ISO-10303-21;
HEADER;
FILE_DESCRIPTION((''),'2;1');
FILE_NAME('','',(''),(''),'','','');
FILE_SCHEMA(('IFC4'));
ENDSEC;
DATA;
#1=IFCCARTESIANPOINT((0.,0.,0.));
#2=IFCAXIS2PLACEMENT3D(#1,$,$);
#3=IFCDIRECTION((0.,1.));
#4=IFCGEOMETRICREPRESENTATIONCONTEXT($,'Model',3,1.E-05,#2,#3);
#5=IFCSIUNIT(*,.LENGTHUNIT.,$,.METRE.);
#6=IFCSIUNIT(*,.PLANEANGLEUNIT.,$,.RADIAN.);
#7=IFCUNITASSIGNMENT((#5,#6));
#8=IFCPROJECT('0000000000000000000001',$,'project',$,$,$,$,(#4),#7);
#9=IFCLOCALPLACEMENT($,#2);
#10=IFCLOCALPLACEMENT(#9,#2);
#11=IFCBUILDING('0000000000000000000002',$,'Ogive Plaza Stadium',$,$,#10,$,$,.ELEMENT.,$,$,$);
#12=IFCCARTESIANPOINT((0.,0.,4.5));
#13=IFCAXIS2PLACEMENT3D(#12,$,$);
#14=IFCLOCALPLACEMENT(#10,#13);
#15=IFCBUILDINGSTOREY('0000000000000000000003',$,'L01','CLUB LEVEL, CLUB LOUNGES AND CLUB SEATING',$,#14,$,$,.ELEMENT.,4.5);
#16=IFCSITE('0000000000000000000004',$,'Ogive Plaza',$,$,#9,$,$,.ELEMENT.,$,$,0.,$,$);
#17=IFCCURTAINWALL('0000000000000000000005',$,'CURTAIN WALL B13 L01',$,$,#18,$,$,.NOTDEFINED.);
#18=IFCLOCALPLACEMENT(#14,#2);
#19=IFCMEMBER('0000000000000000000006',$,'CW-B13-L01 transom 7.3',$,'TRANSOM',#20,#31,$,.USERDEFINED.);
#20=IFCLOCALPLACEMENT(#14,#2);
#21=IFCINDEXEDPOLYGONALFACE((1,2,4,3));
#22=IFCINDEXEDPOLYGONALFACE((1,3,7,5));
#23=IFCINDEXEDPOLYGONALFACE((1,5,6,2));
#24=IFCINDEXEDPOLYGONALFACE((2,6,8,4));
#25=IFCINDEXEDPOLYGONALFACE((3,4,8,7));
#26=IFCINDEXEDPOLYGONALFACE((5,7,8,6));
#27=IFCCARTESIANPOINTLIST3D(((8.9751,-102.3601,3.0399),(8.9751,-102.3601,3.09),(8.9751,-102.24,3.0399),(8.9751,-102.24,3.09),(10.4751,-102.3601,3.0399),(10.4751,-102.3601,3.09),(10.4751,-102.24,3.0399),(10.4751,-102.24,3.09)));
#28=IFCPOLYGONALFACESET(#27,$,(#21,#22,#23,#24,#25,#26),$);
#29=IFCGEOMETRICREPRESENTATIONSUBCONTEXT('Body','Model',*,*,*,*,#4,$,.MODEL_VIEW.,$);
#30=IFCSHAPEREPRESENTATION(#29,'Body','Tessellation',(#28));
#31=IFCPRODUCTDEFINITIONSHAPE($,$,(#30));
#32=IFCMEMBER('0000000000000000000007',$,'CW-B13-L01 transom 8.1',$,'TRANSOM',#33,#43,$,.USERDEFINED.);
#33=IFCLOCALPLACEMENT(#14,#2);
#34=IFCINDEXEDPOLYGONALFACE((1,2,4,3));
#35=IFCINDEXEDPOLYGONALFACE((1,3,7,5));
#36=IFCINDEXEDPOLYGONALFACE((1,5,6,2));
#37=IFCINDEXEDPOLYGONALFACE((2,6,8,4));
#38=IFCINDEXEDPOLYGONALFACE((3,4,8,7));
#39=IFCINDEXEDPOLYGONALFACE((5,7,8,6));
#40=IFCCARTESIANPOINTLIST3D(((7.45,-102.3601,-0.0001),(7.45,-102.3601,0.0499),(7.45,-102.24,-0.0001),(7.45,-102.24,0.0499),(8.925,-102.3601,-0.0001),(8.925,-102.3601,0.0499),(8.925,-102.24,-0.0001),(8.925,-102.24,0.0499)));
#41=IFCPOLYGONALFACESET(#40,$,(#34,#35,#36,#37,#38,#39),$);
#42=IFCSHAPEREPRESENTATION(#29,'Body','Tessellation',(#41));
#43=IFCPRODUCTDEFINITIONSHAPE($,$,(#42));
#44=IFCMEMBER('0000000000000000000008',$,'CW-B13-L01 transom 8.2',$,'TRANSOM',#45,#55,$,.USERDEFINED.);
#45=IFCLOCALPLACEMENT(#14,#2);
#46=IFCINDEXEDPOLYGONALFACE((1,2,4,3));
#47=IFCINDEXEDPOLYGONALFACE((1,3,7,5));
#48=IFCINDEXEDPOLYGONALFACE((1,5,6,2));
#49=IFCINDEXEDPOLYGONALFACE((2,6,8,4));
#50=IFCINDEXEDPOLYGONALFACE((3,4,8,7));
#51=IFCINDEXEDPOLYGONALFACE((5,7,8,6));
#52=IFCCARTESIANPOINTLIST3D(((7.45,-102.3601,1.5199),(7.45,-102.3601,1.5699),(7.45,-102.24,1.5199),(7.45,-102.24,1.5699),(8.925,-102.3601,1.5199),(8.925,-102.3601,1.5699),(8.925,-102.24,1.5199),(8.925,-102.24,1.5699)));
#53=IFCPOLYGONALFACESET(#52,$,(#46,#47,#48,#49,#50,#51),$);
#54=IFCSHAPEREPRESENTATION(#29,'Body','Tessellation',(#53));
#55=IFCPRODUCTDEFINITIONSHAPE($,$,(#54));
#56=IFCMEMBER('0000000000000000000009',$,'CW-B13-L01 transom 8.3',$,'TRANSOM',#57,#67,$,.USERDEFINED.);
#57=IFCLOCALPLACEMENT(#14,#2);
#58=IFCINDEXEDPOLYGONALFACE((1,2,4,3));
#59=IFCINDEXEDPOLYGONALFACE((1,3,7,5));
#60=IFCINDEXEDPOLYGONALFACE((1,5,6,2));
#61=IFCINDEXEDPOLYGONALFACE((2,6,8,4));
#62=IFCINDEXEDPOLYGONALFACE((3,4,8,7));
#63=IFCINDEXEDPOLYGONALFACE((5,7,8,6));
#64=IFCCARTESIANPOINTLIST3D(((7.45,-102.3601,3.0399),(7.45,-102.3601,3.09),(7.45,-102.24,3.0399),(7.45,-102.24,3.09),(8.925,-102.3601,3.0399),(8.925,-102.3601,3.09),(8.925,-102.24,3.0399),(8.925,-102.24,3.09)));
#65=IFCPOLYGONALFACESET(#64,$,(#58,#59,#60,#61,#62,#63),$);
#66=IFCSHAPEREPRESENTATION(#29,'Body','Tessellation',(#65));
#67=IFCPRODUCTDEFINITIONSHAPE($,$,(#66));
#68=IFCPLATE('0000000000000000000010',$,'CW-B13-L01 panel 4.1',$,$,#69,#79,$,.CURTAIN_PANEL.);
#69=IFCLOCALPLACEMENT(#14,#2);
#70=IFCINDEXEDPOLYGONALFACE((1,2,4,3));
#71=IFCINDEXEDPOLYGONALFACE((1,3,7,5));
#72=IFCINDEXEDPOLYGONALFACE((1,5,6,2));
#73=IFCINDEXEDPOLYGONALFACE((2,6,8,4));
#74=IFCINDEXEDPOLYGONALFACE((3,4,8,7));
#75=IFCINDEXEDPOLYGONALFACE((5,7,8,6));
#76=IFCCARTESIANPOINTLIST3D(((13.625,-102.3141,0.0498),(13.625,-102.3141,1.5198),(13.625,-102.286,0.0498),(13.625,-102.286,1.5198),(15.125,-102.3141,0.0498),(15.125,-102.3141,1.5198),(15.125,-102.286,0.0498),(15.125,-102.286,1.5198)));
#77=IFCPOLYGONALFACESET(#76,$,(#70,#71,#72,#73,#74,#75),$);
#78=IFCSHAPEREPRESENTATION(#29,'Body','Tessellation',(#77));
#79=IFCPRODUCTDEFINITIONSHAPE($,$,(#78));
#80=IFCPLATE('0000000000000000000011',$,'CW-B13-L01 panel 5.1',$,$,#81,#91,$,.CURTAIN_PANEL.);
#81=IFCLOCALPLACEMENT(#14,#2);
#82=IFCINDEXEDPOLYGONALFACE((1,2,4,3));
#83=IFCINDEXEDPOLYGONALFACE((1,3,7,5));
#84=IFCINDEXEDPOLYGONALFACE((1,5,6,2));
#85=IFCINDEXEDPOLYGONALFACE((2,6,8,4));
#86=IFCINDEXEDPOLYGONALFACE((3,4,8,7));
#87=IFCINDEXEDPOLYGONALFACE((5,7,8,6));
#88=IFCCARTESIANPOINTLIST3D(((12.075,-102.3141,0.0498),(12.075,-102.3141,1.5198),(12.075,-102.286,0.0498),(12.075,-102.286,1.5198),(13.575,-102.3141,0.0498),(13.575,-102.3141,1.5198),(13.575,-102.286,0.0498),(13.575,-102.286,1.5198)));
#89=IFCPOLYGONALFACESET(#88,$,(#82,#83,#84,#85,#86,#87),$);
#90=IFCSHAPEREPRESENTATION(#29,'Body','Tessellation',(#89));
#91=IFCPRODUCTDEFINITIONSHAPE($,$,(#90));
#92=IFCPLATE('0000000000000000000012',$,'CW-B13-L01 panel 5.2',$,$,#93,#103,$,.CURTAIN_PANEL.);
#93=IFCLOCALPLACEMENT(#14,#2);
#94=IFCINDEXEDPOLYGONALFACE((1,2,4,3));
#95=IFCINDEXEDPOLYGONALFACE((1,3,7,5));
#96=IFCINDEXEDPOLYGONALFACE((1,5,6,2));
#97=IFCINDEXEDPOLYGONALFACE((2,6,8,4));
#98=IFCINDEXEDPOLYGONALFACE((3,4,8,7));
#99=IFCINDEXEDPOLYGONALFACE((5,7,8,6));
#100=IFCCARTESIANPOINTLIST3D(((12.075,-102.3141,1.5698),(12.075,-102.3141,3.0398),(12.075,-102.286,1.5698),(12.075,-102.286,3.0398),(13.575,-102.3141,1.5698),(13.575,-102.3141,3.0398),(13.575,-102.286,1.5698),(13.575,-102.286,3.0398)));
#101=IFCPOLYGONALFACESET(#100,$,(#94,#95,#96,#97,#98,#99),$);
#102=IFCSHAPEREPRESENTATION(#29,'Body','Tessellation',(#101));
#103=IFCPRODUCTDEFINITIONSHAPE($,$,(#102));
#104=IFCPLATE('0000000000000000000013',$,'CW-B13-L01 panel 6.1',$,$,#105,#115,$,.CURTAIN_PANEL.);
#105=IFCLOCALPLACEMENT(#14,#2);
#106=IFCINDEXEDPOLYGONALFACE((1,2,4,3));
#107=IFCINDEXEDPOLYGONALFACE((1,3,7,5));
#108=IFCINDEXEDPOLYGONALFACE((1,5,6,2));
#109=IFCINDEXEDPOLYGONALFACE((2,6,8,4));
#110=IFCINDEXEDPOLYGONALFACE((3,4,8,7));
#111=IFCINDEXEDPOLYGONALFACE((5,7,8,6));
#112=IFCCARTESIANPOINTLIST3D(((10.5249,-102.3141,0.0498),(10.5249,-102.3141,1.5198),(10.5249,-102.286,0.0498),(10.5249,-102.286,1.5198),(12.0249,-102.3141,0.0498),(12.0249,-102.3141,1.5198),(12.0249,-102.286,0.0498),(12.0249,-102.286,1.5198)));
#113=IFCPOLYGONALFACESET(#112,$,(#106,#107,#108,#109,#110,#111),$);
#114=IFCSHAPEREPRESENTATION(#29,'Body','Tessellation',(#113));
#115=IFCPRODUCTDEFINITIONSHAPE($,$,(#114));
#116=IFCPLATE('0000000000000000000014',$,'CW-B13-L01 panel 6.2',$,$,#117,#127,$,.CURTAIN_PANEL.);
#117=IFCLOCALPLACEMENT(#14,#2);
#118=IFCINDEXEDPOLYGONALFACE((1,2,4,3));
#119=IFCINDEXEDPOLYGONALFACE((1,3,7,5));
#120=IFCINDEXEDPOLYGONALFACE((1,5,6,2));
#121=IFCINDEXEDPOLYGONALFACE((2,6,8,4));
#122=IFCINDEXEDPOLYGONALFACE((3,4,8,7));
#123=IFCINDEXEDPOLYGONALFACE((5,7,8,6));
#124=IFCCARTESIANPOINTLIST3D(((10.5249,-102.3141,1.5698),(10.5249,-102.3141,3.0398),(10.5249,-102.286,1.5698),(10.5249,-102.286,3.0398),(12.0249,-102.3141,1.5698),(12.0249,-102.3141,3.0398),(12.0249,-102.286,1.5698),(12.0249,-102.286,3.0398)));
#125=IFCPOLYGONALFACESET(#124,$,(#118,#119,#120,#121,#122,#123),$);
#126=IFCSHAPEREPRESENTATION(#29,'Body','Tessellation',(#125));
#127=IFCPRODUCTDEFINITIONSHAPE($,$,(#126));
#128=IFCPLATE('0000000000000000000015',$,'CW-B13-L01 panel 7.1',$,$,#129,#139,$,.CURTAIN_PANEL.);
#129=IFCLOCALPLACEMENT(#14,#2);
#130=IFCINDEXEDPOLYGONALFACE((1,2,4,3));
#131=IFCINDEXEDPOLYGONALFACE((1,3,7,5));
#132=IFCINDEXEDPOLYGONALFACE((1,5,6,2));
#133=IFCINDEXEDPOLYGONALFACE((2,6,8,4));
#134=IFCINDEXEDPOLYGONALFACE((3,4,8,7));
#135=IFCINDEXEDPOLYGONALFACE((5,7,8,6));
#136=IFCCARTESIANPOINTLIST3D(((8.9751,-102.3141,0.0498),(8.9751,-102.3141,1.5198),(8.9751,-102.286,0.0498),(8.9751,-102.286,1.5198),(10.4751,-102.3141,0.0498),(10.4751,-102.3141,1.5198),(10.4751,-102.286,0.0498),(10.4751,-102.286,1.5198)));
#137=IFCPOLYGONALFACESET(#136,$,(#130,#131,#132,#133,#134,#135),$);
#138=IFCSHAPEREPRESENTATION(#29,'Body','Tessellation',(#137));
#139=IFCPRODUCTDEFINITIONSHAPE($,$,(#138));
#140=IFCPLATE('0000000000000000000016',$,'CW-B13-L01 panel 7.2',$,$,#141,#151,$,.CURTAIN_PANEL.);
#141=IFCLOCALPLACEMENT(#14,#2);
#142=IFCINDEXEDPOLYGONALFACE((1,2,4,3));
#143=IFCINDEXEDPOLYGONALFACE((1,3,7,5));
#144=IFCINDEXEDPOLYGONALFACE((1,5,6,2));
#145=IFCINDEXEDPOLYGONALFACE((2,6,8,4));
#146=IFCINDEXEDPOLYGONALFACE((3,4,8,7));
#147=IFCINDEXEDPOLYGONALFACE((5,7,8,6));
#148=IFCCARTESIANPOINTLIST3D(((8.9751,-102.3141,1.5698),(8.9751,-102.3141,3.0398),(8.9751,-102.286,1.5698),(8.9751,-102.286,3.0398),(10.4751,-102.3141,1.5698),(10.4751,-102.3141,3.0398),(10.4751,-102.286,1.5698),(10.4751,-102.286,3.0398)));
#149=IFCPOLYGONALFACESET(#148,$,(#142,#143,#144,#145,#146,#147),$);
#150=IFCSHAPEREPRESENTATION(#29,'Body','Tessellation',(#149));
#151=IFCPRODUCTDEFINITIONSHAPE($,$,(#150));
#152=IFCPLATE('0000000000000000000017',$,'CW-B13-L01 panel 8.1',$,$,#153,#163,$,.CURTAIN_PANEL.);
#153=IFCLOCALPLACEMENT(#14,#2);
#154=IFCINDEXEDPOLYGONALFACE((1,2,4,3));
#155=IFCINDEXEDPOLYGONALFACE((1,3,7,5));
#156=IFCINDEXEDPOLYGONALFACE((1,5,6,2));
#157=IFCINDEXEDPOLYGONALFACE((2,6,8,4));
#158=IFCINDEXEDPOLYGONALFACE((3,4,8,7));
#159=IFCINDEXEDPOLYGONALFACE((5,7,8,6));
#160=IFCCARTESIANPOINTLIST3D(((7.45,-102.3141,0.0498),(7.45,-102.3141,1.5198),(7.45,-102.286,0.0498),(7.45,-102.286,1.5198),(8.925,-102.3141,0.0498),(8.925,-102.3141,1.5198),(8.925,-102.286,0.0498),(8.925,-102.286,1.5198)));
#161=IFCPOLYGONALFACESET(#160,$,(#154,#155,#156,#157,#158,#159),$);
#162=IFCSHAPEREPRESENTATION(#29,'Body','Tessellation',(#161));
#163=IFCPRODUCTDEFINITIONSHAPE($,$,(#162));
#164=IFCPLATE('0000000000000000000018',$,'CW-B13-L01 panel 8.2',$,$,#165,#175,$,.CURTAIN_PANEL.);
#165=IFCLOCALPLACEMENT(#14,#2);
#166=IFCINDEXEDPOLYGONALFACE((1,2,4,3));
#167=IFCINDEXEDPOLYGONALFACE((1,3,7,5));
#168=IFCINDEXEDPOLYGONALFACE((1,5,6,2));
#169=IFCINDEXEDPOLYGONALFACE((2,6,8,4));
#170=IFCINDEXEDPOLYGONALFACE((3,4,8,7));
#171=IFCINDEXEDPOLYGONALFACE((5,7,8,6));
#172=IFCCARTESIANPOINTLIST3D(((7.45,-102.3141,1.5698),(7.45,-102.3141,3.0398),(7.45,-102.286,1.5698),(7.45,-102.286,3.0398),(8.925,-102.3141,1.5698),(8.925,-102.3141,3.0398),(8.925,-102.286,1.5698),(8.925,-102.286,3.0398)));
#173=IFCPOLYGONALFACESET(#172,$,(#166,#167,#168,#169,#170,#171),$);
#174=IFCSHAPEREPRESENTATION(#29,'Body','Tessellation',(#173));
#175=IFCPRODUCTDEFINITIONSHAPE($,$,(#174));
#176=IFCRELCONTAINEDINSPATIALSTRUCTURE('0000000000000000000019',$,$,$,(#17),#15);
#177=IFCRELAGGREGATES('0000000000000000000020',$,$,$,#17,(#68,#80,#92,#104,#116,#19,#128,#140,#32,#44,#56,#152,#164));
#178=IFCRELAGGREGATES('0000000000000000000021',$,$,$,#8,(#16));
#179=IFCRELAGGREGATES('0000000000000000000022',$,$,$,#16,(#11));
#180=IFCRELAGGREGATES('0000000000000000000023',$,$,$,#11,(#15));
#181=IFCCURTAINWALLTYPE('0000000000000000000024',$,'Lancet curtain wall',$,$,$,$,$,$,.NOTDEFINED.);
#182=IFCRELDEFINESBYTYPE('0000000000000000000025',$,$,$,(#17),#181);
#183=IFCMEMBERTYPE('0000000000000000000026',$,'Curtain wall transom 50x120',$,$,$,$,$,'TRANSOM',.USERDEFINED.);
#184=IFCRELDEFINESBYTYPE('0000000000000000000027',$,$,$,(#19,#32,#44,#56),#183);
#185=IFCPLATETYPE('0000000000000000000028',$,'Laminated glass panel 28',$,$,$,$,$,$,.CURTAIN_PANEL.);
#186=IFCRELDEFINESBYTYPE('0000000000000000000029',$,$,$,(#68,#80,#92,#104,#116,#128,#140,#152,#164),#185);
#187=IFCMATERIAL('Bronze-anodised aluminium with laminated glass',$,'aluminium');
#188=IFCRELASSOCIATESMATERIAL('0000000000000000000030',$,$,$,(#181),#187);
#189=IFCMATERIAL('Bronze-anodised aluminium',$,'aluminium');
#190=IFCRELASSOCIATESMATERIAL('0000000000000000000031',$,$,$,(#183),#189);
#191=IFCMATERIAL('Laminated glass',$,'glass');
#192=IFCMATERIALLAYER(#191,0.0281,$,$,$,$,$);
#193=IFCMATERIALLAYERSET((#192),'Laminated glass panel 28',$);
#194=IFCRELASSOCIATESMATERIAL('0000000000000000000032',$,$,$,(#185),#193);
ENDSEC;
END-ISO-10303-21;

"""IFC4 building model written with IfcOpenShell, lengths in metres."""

from ifc_helpers import new_model, si_unit, direction, frame, origin, origin_2d, place, context, subcontext, project, spatial, rectangle, extrude, material, layer, layer_set, material_profile, profile_set, type_object, element, aggregate, save


model = new_model("IFC4")

# Units and contexts
model_context = context("Model", 3, precision=1e-05, world=origin(), true_north=direction((0.0, 1.0)))
body_context = subcontext(model_context, "Body", "Model", "MODEL_VIEW")
ifc_project = project(units=[si_unit("LENGTHUNIT", "METRE"), si_unit("PLANEANGLEUNIT", "RADIAN")], contexts=[model_context])

# Site, building, storey
site_placement = place(None, origin())
site = spatial("IfcSite", under=ifc_project, at=site_placement, Name="Ogive Plaza", CompositionType="ELEMENT", RefElevation=0.0)
building_placement = place(site_placement, origin())
building = spatial("IfcBuilding", under=site, at=building_placement, Name="Ogive Plaza Stadium", CompositionType="ELEMENT")
storey_placement = place(building_placement, frame((0.0, 0.0, 4.5)))
storey = spatial("IfcBuildingStorey", under=building, at=storey_placement, Name="L01", Description="CLUB LEVEL, CLUB LOUNGES AND CLUB SEATING", CompositionType="ELEMENT", Elevation=4.5)

# Curtain wall, members, plates
ifc_material_1 = material(Name="Bronze-anodised aluminium with laminated glass", Category="aluminium")
curtain_wall_type = type_object("IfcCurtainWallType", Name="Lancet curtain wall", PredefinedType="NOTDEFINED", material=ifc_material_1)
curtain_wall_placement = place(storey_placement, origin())
curtain_wall = element("IfcCurtainWall", 1, at=curtain_wall_placement, inside=storey, type_object=curtain_wall_type, Name="CURTAIN WALL B13 L01", PredefinedType="NOTDEFINED")
ifc_material_2 = material(Name="Bronze-anodised aluminium", Category="aluminium")
ifc_material_profile_1 = material_profile(ifc_material_2, rectangle(XDim=0.1201, YDim=0.05, at=origin_2d()), Name="AL 120x50")
ifc_profile_set_1 = profile_set([ifc_material_profile_1], Name="Bronze-anodised aluminium")
member_type_1 = type_object("IfcMemberType", Name="Curtain wall transom 50x120", ElementType="TRANSOM", PredefinedType="USERDEFINED", material=ifc_profile_set_1)
member_1_placement = place(storey_placement, frame((10.4751, -102.3, 3.0649), z_axis=(-1.0, 0.0, 0.0), x_axis=(0.0, -1.0, 0.0)))
member_1 = element("IfcMember", 2, at=member_1_placement, type_object=member_type_1, Name="CW-B13-L01 transom 7.3", ObjectType="TRANSOM", PredefinedType="USERDEFINED", context=body_context, shape_type="SweptSolid", body=[
    extrude(rectangle(XDim=0.1201, YDim=0.05, at=origin_2d()), origin(), (0.0, 0.0, 1.0), 1.5),
])
member_2_placement = place(storey_placement, frame((8.925, -102.3, 0.0249), z_axis=(-1.0, 0.0, 0.0), x_axis=(0.0, -1.0, 0.0)))
member_2 = element("IfcMember", 3, at=member_2_placement, type_object=member_type_1, Name="CW-B13-L01 transom 8.1", ObjectType="TRANSOM", PredefinedType="USERDEFINED", context=body_context, shape_type="SweptSolid", body=[
    extrude(rectangle(XDim=0.1201, YDim=0.05, at=origin_2d()), origin(), (0.0, 0.0, 1.0), 1.4751),
])
member_3_placement = place(storey_placement, frame((8.925, -102.3, 1.5449), z_axis=(-1.0, 0.0, 0.0), x_axis=(0.0, -1.0, 0.0)))
member_3 = element("IfcMember", 4, at=member_3_placement, type_object=member_type_1, Name="CW-B13-L01 transom 8.2", ObjectType="TRANSOM", PredefinedType="USERDEFINED", context=body_context, shape_type="SweptSolid", body=[
    extrude(rectangle(XDim=0.1201, YDim=0.05, at=origin_2d()), origin(), (0.0, 0.0, 1.0), 1.4751),
])
member_4_placement = place(storey_placement, frame((8.925, -102.3, 3.0649), z_axis=(-1.0, 0.0, 0.0), x_axis=(0.0, -1.0, 0.0)))
member_4 = element("IfcMember", 5, at=member_4_placement, type_object=member_type_1, Name="CW-B13-L01 transom 8.3", ObjectType="TRANSOM", PredefinedType="USERDEFINED", context=body_context, shape_type="SweptSolid", body=[
    extrude(rectangle(XDim=0.1201, YDim=0.05, at=origin_2d()), origin(), (0.0, 0.0, 1.0), 1.4751),
])
ifc_material_3 = material(Name="Laminated glass", Category="glass")
ifc_layer_1 = layer(ifc_material_3, 0.0281)
ifc_layer_set_1 = layer_set([ifc_layer_1], Name="Laminated glass panel 28")
plate_type = type_object("IfcPlateType", Name="Laminated glass panel 28", PredefinedType="CURTAIN_PANEL", material=ifc_layer_set_1)
plate_1_placement = place(storey_placement, frame((14.375, -102.3, 0.0498), z_axis=(0.0, 0.0, 1.0), x_axis=(-1.0, 0.0, 0.0)))
plate_1 = element("IfcPlate", 6, at=plate_1_placement, type_object=plate_type, Name="CW-B13-L01 panel 4.1", PredefinedType="CURTAIN_PANEL", context=body_context, shape_type="SweptSolid", body=[
    extrude(rectangle(XDim=1.5, YDim=0.0281, at=origin_2d()), origin(), (0.0, 0.0, 1.0), 1.47),
])
plate_2_placement = place(storey_placement, frame((12.825, -102.3, 0.0498), z_axis=(0.0, 0.0, 1.0), x_axis=(-1.0, 0.0, 0.0)))
plate_2 = element("IfcPlate", 7, at=plate_2_placement, type_object=plate_type, Name="CW-B13-L01 panel 5.1", PredefinedType="CURTAIN_PANEL", context=body_context, shape_type="SweptSolid", body=[
    extrude(rectangle(XDim=1.5, YDim=0.0281, at=origin_2d()), origin(), (0.0, 0.0, 1.0), 1.47),
])
plate_3_placement = place(storey_placement, frame((12.825, -102.3, 1.5698), z_axis=(0.0, 0.0, 1.0), x_axis=(-1.0, 0.0, 0.0)))
plate_3 = element("IfcPlate", 8, at=plate_3_placement, type_object=plate_type, Name="CW-B13-L01 panel 5.2", PredefinedType="CURTAIN_PANEL", context=body_context, shape_type="SweptSolid", body=[
    extrude(rectangle(XDim=1.5, YDim=0.0281, at=origin_2d()), origin(), (0.0, 0.0, 1.0), 1.47),
])
plate_4_placement = place(storey_placement, frame((11.2749, -102.3, 0.0498), z_axis=(0.0, 0.0, 1.0), x_axis=(-1.0, 0.0, 0.0)))
plate_4 = element("IfcPlate", 9, at=plate_4_placement, type_object=plate_type, Name="CW-B13-L01 panel 6.1", PredefinedType="CURTAIN_PANEL", context=body_context, shape_type="SweptSolid", body=[
    extrude(rectangle(XDim=1.5, YDim=0.0281, at=origin_2d()), origin(), (0.0, 0.0, 1.0), 1.47),
])
plate_5_placement = place(storey_placement, frame((11.2749, -102.3, 1.5698), z_axis=(0.0, 0.0, 1.0), x_axis=(-1.0, 0.0, 0.0)))
plate_5 = element("IfcPlate", 10, at=plate_5_placement, type_object=plate_type, Name="CW-B13-L01 panel 6.2", PredefinedType="CURTAIN_PANEL", context=body_context, shape_type="SweptSolid", body=[
    extrude(rectangle(XDim=1.5, YDim=0.0281, at=origin_2d()), origin(), (0.0, 0.0, 1.0), 1.47),
])
plate_6_placement = place(storey_placement, frame((9.7251, -102.3, 0.0498), z_axis=(0.0, 0.0, 1.0), x_axis=(-1.0, 0.0, 0.0)))
plate_6 = element("IfcPlate", 11, at=plate_6_placement, type_object=plate_type, Name="CW-B13-L01 panel 7.1", PredefinedType="CURTAIN_PANEL", context=body_context, shape_type="SweptSolid", body=[
    extrude(rectangle(XDim=1.5, YDim=0.0281, at=origin_2d()), origin(), (0.0, 0.0, 1.0), 1.47),
])
plate_7_placement = place(storey_placement, frame((9.7251, -102.3, 1.5698), z_axis=(0.0, 0.0, 1.0), x_axis=(-1.0, 0.0, 0.0)))
plate_7 = element("IfcPlate", 12, at=plate_7_placement, type_object=plate_type, Name="CW-B13-L01 panel 7.2", PredefinedType="CURTAIN_PANEL", context=body_context, shape_type="SweptSolid", body=[
    extrude(rectangle(XDim=1.5, YDim=0.0281, at=origin_2d()), origin(), (0.0, 0.0, 1.0), 1.47),
])
plate_8_placement = place(storey_placement, frame((8.1875, -102.3, 0.0498), z_axis=(0.0, 0.0, 1.0), x_axis=(-1.0, 0.0, 0.0)))
plate_8 = element("IfcPlate", 13, at=plate_8_placement, type_object=plate_type, Name="CW-B13-L01 panel 8.1", PredefinedType="CURTAIN_PANEL", context=body_context, shape_type="SweptSolid", body=[
    extrude(rectangle(XDim=1.4751, YDim=0.0281, at=origin_2d()), origin(), (0.0, 0.0, 1.0), 1.47),
])
plate_9_placement = place(storey_placement, frame((8.1875, -102.3, 1.5698), z_axis=(0.0, 0.0, 1.0), x_axis=(-1.0, 0.0, 0.0)))
plate_9 = element("IfcPlate", 14, at=plate_9_placement, type_object=plate_type, Name="CW-B13-L01 panel 8.2", PredefinedType="CURTAIN_PANEL", context=body_context, shape_type="SweptSolid", body=[
    extrude(rectangle(XDim=1.4751, YDim=0.0281, at=origin_2d()), origin(), (0.0, 0.0, 1.0), 1.47),
])
aggregate(curtain_wall, [plate_1, plate_2, plate_3, plate_4, plate_5, member_1, plate_6, plate_7, member_2, member_3, member_4, plate_8, plate_9])

save(model, "model.ifc")
